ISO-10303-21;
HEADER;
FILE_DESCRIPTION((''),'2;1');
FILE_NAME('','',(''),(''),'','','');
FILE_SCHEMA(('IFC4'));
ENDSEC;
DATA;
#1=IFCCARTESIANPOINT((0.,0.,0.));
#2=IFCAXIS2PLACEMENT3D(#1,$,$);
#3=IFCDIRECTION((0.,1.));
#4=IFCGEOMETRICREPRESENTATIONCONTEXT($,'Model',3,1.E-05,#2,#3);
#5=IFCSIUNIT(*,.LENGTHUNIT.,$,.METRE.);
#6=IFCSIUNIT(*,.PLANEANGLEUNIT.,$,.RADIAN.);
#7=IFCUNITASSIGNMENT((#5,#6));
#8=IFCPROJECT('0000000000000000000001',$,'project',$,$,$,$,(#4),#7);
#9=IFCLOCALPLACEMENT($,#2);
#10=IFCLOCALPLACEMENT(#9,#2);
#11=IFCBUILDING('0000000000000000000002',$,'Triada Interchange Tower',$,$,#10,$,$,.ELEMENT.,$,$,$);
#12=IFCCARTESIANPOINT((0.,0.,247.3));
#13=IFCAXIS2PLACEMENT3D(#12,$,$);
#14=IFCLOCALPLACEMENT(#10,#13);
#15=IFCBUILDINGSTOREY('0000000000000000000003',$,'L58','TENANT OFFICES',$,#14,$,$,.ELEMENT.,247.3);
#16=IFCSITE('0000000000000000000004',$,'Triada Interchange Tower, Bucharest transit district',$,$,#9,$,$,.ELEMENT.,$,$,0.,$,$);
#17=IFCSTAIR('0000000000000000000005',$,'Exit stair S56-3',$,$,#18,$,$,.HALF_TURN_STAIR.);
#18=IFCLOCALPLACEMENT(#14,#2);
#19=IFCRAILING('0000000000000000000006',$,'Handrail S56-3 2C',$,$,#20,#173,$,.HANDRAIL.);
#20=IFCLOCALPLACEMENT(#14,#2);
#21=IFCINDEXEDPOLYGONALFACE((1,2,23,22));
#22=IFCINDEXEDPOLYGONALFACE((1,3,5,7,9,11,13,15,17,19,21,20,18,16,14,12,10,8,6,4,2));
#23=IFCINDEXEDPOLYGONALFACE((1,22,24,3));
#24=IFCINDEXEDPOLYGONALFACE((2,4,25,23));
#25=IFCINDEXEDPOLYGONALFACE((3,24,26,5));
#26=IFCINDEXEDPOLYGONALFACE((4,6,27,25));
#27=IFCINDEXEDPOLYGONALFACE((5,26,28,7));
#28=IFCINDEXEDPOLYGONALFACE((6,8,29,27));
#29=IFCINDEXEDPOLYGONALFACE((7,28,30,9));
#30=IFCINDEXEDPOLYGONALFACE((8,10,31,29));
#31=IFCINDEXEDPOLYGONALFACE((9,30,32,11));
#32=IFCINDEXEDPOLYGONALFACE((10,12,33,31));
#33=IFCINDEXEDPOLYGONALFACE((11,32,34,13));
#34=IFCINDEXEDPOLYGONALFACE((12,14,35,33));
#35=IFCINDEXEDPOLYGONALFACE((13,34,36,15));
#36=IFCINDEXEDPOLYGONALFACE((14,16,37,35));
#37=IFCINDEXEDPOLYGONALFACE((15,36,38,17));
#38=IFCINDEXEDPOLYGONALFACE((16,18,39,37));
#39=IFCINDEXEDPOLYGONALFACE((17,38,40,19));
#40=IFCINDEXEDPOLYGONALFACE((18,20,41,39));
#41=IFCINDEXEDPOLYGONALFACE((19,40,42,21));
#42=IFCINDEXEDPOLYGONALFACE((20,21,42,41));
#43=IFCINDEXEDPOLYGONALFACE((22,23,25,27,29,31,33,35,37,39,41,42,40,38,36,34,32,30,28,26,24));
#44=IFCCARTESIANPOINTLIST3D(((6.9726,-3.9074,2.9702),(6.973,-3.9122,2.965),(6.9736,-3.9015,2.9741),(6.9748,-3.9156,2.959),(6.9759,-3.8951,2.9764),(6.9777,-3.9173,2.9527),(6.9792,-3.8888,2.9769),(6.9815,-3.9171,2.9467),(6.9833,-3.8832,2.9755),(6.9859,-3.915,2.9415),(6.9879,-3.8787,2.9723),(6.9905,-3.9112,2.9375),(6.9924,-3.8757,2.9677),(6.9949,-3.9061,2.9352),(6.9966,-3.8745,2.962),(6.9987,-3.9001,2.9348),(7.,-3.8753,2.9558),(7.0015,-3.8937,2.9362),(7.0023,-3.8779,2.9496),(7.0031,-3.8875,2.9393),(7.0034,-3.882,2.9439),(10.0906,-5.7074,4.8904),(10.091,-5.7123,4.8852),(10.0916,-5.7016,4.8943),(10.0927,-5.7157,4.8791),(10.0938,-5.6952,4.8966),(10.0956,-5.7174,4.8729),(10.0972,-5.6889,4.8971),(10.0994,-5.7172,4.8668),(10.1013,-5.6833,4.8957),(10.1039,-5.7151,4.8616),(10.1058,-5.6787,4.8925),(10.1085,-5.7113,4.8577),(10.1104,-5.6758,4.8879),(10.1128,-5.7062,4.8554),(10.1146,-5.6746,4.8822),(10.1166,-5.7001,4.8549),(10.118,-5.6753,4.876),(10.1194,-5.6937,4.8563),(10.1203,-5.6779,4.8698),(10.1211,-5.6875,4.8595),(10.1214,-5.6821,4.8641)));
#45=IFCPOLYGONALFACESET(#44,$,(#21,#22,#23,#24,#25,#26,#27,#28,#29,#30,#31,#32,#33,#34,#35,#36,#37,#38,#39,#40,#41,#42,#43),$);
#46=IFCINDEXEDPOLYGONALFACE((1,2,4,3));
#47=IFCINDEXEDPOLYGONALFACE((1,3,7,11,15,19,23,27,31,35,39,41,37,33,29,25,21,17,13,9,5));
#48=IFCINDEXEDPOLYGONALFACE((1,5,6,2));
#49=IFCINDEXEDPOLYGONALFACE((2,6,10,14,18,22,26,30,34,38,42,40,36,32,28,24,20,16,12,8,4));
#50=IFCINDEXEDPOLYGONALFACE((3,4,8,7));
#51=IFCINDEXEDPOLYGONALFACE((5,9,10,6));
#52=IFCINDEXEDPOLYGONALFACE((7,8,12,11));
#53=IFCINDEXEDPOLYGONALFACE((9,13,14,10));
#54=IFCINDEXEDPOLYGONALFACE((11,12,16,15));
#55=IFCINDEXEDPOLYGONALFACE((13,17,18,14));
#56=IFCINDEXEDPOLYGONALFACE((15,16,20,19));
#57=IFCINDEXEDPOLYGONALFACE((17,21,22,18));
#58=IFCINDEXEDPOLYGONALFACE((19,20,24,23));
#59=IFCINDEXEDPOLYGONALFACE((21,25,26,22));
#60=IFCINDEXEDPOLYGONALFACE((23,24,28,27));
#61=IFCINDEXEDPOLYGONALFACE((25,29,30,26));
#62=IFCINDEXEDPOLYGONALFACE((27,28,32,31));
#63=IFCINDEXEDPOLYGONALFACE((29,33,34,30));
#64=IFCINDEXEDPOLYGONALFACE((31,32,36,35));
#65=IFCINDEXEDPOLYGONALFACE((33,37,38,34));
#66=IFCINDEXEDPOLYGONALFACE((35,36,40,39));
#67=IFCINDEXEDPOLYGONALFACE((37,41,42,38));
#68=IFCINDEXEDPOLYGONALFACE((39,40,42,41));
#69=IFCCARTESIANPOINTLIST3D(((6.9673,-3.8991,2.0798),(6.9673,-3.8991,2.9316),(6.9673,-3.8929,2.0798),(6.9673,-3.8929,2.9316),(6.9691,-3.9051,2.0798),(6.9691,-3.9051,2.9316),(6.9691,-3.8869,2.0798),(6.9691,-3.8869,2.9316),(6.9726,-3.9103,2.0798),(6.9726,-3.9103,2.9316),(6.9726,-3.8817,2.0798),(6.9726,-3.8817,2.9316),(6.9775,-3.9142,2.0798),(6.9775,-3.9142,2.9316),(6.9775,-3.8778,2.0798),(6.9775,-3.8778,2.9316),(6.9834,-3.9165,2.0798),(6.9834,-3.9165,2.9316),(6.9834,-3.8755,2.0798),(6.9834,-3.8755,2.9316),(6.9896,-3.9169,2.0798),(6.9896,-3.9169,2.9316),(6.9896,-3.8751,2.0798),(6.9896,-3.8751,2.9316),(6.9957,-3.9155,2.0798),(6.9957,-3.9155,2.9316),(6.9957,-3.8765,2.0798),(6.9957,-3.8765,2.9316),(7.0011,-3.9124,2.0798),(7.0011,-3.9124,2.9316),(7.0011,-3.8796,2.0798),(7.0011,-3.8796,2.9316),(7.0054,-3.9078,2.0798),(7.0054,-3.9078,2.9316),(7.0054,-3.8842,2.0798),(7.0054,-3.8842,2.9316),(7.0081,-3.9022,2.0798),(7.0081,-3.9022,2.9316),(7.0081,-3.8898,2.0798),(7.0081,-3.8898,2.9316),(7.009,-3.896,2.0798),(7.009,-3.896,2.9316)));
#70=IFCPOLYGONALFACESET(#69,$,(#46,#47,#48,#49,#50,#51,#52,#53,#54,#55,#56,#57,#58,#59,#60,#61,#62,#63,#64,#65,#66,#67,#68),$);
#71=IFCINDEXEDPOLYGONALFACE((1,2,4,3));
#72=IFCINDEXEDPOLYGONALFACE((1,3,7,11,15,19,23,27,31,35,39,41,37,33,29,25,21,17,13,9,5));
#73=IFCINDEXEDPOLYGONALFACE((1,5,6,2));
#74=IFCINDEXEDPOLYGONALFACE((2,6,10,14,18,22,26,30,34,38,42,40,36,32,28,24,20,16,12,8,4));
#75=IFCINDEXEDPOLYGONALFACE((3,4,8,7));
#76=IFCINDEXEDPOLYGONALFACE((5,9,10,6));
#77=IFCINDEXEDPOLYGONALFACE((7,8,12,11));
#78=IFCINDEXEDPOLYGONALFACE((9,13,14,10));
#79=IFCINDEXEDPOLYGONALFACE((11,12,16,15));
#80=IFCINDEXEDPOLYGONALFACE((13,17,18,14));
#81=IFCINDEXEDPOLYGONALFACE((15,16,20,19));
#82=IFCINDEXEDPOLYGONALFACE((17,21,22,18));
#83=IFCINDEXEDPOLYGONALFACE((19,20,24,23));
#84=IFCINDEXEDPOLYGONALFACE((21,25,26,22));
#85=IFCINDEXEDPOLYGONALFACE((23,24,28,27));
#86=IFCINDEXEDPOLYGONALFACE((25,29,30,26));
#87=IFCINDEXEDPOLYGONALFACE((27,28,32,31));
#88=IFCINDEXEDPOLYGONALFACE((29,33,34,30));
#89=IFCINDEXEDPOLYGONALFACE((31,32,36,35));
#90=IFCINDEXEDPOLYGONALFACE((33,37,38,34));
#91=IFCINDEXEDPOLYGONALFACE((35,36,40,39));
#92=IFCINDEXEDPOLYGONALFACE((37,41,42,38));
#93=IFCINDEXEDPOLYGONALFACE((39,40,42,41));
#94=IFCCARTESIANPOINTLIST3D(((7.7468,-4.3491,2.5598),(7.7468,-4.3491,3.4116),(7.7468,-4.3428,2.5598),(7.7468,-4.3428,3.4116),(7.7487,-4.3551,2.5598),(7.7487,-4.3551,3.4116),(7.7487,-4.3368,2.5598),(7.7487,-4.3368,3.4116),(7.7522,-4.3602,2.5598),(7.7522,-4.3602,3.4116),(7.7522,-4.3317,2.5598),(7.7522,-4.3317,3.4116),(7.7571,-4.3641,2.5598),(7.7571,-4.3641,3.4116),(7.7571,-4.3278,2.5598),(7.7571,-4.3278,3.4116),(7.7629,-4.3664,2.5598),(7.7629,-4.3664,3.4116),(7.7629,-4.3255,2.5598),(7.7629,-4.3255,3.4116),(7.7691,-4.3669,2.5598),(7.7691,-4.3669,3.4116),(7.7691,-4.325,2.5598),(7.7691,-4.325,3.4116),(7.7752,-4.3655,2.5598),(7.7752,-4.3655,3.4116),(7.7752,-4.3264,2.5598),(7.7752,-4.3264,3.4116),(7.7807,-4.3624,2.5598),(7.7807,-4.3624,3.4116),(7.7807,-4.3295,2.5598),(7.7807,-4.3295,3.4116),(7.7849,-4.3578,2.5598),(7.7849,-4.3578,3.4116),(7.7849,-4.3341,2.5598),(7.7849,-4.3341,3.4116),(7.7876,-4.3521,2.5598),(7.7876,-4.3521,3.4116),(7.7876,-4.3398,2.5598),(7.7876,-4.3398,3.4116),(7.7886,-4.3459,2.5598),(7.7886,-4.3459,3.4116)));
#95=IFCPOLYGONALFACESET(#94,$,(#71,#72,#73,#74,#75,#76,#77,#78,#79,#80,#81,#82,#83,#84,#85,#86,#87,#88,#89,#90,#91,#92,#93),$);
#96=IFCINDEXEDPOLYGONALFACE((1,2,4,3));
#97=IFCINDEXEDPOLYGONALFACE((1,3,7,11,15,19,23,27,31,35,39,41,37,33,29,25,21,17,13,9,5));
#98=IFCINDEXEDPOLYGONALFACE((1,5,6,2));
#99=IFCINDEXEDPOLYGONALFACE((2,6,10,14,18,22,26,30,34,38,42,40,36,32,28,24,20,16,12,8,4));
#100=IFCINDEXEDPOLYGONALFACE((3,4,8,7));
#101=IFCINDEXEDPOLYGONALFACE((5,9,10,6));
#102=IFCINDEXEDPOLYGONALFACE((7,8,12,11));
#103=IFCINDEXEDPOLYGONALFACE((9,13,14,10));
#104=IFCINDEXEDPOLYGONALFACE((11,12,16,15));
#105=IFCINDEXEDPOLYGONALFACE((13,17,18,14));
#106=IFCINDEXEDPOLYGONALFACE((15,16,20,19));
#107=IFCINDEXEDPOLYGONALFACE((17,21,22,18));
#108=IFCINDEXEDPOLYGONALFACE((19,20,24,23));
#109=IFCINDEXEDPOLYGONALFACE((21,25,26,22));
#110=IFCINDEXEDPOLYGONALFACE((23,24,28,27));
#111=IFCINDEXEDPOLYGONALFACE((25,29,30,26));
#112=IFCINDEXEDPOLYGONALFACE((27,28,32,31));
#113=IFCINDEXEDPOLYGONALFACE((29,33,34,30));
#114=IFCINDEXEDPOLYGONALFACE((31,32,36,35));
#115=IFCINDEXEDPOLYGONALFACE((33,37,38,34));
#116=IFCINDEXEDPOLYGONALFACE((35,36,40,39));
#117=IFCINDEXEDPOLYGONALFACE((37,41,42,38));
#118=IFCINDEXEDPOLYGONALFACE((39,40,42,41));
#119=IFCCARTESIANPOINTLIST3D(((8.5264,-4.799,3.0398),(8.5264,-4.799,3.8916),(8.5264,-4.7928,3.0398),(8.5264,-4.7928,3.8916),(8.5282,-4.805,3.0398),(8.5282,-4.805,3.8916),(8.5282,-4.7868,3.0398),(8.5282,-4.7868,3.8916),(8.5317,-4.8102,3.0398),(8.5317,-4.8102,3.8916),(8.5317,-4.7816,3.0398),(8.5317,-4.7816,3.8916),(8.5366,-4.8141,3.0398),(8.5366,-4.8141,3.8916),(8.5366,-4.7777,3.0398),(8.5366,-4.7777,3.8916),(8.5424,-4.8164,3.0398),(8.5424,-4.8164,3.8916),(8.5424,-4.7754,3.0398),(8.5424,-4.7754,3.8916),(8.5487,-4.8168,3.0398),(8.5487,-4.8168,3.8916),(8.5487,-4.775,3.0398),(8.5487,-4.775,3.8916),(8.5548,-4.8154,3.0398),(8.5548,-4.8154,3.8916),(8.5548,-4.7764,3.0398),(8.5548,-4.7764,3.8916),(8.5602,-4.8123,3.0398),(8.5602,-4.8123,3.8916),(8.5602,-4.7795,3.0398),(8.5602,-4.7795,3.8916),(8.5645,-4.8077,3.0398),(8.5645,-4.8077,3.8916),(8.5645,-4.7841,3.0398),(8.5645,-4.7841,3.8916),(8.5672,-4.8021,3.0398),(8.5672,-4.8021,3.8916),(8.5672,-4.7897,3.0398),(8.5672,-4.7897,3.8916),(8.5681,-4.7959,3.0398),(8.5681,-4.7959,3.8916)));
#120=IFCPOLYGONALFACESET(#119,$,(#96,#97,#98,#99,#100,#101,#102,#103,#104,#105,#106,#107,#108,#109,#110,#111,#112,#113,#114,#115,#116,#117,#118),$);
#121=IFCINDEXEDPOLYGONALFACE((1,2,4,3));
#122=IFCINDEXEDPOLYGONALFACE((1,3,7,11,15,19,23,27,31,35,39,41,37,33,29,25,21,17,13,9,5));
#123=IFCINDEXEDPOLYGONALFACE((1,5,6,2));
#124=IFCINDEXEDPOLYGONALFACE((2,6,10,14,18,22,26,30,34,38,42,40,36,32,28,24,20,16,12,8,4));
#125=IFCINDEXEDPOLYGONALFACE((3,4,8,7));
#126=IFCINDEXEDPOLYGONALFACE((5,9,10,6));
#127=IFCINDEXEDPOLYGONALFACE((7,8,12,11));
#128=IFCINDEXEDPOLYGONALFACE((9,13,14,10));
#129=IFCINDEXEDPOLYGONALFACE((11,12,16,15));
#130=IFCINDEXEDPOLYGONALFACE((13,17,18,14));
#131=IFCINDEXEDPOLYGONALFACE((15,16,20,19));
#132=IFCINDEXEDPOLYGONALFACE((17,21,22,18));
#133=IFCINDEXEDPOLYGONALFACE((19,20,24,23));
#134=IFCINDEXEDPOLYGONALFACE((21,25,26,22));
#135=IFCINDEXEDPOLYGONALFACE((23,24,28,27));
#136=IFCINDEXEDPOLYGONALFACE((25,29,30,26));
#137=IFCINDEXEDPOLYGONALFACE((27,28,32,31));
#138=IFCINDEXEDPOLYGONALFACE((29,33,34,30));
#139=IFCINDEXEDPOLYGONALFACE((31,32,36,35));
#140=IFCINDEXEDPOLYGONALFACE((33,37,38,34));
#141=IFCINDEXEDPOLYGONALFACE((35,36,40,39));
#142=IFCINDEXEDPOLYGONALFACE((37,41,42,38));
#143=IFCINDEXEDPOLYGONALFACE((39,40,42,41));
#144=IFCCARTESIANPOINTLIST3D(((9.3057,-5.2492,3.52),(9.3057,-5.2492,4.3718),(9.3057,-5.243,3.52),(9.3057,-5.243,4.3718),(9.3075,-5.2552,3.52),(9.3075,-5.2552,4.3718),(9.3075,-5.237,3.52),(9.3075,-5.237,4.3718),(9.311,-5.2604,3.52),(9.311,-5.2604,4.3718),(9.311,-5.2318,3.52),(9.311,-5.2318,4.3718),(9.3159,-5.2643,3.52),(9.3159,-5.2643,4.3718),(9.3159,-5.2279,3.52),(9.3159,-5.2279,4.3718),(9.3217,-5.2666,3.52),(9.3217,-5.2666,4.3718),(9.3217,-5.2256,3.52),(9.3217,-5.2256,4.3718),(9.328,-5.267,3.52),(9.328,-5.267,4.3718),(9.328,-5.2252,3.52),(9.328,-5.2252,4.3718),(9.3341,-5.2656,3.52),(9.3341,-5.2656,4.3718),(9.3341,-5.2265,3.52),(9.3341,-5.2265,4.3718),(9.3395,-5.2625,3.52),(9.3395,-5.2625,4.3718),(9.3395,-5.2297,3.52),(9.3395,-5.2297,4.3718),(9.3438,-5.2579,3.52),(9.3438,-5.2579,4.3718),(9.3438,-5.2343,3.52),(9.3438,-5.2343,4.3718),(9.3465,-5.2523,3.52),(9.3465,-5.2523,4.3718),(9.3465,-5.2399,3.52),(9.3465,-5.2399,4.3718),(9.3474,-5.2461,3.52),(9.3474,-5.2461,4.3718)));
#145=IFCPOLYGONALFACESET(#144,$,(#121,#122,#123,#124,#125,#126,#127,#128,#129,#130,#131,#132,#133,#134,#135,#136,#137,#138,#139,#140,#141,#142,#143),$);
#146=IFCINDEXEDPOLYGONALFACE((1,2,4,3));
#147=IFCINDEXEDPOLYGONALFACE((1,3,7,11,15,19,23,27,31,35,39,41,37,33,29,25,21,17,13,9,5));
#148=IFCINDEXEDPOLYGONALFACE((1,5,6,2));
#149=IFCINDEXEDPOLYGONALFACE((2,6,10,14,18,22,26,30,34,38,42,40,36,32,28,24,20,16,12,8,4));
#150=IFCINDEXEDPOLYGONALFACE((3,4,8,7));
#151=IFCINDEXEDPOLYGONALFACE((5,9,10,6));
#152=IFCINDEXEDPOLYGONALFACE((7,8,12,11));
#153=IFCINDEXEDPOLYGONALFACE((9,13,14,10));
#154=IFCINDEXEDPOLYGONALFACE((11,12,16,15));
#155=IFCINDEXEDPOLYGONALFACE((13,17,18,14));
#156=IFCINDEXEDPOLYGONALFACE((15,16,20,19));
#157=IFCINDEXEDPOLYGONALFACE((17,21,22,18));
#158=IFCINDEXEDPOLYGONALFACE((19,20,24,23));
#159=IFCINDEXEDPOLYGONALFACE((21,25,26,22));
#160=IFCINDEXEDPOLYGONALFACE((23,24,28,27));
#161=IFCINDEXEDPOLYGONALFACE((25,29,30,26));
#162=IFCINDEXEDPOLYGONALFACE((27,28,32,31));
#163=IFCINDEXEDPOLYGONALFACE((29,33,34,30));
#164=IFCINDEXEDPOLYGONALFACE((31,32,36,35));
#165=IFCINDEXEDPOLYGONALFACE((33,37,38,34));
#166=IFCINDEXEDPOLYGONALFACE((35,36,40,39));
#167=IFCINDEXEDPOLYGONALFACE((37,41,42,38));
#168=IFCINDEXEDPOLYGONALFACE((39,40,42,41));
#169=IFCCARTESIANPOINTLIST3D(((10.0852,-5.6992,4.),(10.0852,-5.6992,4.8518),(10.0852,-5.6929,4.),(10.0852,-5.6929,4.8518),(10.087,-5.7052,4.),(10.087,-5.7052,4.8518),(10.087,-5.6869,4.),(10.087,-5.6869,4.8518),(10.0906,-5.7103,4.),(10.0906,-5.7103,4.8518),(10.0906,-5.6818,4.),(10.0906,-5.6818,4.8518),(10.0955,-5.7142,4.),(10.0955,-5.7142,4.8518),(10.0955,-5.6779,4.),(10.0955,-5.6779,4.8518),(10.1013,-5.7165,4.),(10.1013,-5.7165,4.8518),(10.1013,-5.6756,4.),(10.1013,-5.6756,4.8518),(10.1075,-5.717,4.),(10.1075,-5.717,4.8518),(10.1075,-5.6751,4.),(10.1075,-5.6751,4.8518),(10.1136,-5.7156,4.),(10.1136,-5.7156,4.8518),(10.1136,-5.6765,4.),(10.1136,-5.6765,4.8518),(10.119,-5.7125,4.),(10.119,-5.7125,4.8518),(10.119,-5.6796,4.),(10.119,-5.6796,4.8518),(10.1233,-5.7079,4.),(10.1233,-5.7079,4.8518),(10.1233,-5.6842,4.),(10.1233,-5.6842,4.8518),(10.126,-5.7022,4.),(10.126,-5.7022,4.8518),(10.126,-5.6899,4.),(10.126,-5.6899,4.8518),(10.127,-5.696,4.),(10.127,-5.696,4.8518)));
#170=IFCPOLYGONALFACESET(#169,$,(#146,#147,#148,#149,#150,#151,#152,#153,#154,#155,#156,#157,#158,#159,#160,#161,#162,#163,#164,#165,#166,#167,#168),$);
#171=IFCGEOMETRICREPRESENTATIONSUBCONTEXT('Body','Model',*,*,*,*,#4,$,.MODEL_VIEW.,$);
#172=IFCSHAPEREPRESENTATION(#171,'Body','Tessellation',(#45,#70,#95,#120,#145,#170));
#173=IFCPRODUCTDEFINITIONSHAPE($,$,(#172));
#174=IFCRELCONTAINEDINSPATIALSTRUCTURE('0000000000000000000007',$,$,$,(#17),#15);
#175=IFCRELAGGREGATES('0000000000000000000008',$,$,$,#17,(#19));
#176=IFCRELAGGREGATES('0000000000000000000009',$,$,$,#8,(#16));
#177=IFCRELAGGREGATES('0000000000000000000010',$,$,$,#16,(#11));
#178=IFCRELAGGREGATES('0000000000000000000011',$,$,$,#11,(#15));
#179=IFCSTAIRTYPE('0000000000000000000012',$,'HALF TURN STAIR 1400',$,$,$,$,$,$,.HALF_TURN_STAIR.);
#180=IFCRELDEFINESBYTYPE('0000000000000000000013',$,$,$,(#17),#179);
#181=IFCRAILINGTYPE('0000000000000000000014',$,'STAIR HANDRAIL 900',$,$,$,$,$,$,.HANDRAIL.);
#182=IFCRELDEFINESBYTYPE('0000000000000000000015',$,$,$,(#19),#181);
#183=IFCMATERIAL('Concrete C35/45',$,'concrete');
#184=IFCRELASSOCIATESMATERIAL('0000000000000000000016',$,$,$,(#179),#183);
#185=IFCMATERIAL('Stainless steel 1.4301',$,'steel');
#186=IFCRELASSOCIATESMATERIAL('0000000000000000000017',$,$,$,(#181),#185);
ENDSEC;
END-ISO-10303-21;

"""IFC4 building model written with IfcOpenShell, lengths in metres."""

from ifc_helpers import new_model, si_unit, direction, frame, origin, origin_2d, place, context, subcontext, project, spatial, circle, extrude, material, type_object, element, aggregate, save


model = new_model("IFC4")

# Units and contexts
model_context = context("Model", 3, precision=1e-05, world=origin(), true_north=direction((0.0, 1.0)))
body_context = subcontext(model_context, "Body", "Model", "MODEL_VIEW")
ifc_project = project(units=[si_unit("LENGTHUNIT", "METRE"), si_unit("PLANEANGLEUNIT", "RADIAN")], contexts=[model_context])

# Site, building, storey
site_placement = place(None, origin())
site = spatial("IfcSite", under=ifc_project, at=site_placement, Name="Triada Interchange Tower, Bucharest transit district", CompositionType="ELEMENT", RefElevation=0.0)
building_placement = place(site_placement, origin())
building = spatial("IfcBuilding", under=site, at=building_placement, Name="Triada Interchange Tower", CompositionType="ELEMENT")
storey_placement = place(building_placement, frame((0.0, 0.0, 247.3)))
storey = spatial("IfcBuildingStorey", under=building, at=storey_placement, Name="L58", Description="TENANT OFFICES", CompositionType="ELEMENT", Elevation=247.3)

# Stair, railing
ifc_material_1 = material(Name="Concrete C35/45", Category="concrete")
stair_type = type_object("IfcStairType", Name="HALF TURN STAIR 1400", PredefinedType="HALF_TURN_STAIR", material=ifc_material_1)
stair_placement = place(storey_placement, origin())
stair = element("IfcStair", 1, at=stair_placement, inside=storey, type_object=stair_type, Name="Exit stair S56-3", PredefinedType="HALF_TURN_STAIR")
ifc_material_2 = material(Name="Stainless steel 1.4301", Category="steel")
railing_type = type_object("IfcRailingType", Name="STAIR HANDRAIL 900", PredefinedType="HANDRAIL", material=ifc_material_2)
railing_1_placement = place(storey_placement, frame((6.988, -3.896, 2.0798)))
railing_1 = element("IfcRailing", 2, at=railing_1_placement, type_object=railing_type, Name="Handrail S56-3 2C", PredefinedType="HANDRAIL", context=body_context, shape_type="SweptSolid", body=[
    extrude(circle(Radius=0.0239, at=origin_2d()), frame((0.0, 0.0, 0.876), z_axis=(0.764145, -0.441159, 0.470597), x_axis=(0.499983, 0.866035, 0.0)), (0.0, 0.0, 1.0), 4.0803),
    extrude(circle(Radius=0.021, at=origin_2d()), origin(), (0.0, 0.0, 1.0), 0.8518),
    extrude(circle(Radius=0.021, at=origin_2d()), frame((0.7795, -0.45, 0.48)), (0.0, 0.0, 1.0), 0.8518),
    extrude(circle(Radius=0.021, at=origin_2d()), frame((1.5591, -0.8999, 0.96)), (0.0, 0.0, 1.0), 0.8518),
    extrude(circle(Radius=0.021, at=origin_2d()), frame((2.3384, -1.3501, 1.4402)), (0.0, 0.0, 1.0), 0.8518),
    extrude(circle(Radius=0.021, at=origin_2d()), frame((3.1179, -1.8, 1.9202)), (0.0, 0.0, 1.0), 0.8518),
])
aggregate(stair, [railing_1])

save(model, "model.ifc")
